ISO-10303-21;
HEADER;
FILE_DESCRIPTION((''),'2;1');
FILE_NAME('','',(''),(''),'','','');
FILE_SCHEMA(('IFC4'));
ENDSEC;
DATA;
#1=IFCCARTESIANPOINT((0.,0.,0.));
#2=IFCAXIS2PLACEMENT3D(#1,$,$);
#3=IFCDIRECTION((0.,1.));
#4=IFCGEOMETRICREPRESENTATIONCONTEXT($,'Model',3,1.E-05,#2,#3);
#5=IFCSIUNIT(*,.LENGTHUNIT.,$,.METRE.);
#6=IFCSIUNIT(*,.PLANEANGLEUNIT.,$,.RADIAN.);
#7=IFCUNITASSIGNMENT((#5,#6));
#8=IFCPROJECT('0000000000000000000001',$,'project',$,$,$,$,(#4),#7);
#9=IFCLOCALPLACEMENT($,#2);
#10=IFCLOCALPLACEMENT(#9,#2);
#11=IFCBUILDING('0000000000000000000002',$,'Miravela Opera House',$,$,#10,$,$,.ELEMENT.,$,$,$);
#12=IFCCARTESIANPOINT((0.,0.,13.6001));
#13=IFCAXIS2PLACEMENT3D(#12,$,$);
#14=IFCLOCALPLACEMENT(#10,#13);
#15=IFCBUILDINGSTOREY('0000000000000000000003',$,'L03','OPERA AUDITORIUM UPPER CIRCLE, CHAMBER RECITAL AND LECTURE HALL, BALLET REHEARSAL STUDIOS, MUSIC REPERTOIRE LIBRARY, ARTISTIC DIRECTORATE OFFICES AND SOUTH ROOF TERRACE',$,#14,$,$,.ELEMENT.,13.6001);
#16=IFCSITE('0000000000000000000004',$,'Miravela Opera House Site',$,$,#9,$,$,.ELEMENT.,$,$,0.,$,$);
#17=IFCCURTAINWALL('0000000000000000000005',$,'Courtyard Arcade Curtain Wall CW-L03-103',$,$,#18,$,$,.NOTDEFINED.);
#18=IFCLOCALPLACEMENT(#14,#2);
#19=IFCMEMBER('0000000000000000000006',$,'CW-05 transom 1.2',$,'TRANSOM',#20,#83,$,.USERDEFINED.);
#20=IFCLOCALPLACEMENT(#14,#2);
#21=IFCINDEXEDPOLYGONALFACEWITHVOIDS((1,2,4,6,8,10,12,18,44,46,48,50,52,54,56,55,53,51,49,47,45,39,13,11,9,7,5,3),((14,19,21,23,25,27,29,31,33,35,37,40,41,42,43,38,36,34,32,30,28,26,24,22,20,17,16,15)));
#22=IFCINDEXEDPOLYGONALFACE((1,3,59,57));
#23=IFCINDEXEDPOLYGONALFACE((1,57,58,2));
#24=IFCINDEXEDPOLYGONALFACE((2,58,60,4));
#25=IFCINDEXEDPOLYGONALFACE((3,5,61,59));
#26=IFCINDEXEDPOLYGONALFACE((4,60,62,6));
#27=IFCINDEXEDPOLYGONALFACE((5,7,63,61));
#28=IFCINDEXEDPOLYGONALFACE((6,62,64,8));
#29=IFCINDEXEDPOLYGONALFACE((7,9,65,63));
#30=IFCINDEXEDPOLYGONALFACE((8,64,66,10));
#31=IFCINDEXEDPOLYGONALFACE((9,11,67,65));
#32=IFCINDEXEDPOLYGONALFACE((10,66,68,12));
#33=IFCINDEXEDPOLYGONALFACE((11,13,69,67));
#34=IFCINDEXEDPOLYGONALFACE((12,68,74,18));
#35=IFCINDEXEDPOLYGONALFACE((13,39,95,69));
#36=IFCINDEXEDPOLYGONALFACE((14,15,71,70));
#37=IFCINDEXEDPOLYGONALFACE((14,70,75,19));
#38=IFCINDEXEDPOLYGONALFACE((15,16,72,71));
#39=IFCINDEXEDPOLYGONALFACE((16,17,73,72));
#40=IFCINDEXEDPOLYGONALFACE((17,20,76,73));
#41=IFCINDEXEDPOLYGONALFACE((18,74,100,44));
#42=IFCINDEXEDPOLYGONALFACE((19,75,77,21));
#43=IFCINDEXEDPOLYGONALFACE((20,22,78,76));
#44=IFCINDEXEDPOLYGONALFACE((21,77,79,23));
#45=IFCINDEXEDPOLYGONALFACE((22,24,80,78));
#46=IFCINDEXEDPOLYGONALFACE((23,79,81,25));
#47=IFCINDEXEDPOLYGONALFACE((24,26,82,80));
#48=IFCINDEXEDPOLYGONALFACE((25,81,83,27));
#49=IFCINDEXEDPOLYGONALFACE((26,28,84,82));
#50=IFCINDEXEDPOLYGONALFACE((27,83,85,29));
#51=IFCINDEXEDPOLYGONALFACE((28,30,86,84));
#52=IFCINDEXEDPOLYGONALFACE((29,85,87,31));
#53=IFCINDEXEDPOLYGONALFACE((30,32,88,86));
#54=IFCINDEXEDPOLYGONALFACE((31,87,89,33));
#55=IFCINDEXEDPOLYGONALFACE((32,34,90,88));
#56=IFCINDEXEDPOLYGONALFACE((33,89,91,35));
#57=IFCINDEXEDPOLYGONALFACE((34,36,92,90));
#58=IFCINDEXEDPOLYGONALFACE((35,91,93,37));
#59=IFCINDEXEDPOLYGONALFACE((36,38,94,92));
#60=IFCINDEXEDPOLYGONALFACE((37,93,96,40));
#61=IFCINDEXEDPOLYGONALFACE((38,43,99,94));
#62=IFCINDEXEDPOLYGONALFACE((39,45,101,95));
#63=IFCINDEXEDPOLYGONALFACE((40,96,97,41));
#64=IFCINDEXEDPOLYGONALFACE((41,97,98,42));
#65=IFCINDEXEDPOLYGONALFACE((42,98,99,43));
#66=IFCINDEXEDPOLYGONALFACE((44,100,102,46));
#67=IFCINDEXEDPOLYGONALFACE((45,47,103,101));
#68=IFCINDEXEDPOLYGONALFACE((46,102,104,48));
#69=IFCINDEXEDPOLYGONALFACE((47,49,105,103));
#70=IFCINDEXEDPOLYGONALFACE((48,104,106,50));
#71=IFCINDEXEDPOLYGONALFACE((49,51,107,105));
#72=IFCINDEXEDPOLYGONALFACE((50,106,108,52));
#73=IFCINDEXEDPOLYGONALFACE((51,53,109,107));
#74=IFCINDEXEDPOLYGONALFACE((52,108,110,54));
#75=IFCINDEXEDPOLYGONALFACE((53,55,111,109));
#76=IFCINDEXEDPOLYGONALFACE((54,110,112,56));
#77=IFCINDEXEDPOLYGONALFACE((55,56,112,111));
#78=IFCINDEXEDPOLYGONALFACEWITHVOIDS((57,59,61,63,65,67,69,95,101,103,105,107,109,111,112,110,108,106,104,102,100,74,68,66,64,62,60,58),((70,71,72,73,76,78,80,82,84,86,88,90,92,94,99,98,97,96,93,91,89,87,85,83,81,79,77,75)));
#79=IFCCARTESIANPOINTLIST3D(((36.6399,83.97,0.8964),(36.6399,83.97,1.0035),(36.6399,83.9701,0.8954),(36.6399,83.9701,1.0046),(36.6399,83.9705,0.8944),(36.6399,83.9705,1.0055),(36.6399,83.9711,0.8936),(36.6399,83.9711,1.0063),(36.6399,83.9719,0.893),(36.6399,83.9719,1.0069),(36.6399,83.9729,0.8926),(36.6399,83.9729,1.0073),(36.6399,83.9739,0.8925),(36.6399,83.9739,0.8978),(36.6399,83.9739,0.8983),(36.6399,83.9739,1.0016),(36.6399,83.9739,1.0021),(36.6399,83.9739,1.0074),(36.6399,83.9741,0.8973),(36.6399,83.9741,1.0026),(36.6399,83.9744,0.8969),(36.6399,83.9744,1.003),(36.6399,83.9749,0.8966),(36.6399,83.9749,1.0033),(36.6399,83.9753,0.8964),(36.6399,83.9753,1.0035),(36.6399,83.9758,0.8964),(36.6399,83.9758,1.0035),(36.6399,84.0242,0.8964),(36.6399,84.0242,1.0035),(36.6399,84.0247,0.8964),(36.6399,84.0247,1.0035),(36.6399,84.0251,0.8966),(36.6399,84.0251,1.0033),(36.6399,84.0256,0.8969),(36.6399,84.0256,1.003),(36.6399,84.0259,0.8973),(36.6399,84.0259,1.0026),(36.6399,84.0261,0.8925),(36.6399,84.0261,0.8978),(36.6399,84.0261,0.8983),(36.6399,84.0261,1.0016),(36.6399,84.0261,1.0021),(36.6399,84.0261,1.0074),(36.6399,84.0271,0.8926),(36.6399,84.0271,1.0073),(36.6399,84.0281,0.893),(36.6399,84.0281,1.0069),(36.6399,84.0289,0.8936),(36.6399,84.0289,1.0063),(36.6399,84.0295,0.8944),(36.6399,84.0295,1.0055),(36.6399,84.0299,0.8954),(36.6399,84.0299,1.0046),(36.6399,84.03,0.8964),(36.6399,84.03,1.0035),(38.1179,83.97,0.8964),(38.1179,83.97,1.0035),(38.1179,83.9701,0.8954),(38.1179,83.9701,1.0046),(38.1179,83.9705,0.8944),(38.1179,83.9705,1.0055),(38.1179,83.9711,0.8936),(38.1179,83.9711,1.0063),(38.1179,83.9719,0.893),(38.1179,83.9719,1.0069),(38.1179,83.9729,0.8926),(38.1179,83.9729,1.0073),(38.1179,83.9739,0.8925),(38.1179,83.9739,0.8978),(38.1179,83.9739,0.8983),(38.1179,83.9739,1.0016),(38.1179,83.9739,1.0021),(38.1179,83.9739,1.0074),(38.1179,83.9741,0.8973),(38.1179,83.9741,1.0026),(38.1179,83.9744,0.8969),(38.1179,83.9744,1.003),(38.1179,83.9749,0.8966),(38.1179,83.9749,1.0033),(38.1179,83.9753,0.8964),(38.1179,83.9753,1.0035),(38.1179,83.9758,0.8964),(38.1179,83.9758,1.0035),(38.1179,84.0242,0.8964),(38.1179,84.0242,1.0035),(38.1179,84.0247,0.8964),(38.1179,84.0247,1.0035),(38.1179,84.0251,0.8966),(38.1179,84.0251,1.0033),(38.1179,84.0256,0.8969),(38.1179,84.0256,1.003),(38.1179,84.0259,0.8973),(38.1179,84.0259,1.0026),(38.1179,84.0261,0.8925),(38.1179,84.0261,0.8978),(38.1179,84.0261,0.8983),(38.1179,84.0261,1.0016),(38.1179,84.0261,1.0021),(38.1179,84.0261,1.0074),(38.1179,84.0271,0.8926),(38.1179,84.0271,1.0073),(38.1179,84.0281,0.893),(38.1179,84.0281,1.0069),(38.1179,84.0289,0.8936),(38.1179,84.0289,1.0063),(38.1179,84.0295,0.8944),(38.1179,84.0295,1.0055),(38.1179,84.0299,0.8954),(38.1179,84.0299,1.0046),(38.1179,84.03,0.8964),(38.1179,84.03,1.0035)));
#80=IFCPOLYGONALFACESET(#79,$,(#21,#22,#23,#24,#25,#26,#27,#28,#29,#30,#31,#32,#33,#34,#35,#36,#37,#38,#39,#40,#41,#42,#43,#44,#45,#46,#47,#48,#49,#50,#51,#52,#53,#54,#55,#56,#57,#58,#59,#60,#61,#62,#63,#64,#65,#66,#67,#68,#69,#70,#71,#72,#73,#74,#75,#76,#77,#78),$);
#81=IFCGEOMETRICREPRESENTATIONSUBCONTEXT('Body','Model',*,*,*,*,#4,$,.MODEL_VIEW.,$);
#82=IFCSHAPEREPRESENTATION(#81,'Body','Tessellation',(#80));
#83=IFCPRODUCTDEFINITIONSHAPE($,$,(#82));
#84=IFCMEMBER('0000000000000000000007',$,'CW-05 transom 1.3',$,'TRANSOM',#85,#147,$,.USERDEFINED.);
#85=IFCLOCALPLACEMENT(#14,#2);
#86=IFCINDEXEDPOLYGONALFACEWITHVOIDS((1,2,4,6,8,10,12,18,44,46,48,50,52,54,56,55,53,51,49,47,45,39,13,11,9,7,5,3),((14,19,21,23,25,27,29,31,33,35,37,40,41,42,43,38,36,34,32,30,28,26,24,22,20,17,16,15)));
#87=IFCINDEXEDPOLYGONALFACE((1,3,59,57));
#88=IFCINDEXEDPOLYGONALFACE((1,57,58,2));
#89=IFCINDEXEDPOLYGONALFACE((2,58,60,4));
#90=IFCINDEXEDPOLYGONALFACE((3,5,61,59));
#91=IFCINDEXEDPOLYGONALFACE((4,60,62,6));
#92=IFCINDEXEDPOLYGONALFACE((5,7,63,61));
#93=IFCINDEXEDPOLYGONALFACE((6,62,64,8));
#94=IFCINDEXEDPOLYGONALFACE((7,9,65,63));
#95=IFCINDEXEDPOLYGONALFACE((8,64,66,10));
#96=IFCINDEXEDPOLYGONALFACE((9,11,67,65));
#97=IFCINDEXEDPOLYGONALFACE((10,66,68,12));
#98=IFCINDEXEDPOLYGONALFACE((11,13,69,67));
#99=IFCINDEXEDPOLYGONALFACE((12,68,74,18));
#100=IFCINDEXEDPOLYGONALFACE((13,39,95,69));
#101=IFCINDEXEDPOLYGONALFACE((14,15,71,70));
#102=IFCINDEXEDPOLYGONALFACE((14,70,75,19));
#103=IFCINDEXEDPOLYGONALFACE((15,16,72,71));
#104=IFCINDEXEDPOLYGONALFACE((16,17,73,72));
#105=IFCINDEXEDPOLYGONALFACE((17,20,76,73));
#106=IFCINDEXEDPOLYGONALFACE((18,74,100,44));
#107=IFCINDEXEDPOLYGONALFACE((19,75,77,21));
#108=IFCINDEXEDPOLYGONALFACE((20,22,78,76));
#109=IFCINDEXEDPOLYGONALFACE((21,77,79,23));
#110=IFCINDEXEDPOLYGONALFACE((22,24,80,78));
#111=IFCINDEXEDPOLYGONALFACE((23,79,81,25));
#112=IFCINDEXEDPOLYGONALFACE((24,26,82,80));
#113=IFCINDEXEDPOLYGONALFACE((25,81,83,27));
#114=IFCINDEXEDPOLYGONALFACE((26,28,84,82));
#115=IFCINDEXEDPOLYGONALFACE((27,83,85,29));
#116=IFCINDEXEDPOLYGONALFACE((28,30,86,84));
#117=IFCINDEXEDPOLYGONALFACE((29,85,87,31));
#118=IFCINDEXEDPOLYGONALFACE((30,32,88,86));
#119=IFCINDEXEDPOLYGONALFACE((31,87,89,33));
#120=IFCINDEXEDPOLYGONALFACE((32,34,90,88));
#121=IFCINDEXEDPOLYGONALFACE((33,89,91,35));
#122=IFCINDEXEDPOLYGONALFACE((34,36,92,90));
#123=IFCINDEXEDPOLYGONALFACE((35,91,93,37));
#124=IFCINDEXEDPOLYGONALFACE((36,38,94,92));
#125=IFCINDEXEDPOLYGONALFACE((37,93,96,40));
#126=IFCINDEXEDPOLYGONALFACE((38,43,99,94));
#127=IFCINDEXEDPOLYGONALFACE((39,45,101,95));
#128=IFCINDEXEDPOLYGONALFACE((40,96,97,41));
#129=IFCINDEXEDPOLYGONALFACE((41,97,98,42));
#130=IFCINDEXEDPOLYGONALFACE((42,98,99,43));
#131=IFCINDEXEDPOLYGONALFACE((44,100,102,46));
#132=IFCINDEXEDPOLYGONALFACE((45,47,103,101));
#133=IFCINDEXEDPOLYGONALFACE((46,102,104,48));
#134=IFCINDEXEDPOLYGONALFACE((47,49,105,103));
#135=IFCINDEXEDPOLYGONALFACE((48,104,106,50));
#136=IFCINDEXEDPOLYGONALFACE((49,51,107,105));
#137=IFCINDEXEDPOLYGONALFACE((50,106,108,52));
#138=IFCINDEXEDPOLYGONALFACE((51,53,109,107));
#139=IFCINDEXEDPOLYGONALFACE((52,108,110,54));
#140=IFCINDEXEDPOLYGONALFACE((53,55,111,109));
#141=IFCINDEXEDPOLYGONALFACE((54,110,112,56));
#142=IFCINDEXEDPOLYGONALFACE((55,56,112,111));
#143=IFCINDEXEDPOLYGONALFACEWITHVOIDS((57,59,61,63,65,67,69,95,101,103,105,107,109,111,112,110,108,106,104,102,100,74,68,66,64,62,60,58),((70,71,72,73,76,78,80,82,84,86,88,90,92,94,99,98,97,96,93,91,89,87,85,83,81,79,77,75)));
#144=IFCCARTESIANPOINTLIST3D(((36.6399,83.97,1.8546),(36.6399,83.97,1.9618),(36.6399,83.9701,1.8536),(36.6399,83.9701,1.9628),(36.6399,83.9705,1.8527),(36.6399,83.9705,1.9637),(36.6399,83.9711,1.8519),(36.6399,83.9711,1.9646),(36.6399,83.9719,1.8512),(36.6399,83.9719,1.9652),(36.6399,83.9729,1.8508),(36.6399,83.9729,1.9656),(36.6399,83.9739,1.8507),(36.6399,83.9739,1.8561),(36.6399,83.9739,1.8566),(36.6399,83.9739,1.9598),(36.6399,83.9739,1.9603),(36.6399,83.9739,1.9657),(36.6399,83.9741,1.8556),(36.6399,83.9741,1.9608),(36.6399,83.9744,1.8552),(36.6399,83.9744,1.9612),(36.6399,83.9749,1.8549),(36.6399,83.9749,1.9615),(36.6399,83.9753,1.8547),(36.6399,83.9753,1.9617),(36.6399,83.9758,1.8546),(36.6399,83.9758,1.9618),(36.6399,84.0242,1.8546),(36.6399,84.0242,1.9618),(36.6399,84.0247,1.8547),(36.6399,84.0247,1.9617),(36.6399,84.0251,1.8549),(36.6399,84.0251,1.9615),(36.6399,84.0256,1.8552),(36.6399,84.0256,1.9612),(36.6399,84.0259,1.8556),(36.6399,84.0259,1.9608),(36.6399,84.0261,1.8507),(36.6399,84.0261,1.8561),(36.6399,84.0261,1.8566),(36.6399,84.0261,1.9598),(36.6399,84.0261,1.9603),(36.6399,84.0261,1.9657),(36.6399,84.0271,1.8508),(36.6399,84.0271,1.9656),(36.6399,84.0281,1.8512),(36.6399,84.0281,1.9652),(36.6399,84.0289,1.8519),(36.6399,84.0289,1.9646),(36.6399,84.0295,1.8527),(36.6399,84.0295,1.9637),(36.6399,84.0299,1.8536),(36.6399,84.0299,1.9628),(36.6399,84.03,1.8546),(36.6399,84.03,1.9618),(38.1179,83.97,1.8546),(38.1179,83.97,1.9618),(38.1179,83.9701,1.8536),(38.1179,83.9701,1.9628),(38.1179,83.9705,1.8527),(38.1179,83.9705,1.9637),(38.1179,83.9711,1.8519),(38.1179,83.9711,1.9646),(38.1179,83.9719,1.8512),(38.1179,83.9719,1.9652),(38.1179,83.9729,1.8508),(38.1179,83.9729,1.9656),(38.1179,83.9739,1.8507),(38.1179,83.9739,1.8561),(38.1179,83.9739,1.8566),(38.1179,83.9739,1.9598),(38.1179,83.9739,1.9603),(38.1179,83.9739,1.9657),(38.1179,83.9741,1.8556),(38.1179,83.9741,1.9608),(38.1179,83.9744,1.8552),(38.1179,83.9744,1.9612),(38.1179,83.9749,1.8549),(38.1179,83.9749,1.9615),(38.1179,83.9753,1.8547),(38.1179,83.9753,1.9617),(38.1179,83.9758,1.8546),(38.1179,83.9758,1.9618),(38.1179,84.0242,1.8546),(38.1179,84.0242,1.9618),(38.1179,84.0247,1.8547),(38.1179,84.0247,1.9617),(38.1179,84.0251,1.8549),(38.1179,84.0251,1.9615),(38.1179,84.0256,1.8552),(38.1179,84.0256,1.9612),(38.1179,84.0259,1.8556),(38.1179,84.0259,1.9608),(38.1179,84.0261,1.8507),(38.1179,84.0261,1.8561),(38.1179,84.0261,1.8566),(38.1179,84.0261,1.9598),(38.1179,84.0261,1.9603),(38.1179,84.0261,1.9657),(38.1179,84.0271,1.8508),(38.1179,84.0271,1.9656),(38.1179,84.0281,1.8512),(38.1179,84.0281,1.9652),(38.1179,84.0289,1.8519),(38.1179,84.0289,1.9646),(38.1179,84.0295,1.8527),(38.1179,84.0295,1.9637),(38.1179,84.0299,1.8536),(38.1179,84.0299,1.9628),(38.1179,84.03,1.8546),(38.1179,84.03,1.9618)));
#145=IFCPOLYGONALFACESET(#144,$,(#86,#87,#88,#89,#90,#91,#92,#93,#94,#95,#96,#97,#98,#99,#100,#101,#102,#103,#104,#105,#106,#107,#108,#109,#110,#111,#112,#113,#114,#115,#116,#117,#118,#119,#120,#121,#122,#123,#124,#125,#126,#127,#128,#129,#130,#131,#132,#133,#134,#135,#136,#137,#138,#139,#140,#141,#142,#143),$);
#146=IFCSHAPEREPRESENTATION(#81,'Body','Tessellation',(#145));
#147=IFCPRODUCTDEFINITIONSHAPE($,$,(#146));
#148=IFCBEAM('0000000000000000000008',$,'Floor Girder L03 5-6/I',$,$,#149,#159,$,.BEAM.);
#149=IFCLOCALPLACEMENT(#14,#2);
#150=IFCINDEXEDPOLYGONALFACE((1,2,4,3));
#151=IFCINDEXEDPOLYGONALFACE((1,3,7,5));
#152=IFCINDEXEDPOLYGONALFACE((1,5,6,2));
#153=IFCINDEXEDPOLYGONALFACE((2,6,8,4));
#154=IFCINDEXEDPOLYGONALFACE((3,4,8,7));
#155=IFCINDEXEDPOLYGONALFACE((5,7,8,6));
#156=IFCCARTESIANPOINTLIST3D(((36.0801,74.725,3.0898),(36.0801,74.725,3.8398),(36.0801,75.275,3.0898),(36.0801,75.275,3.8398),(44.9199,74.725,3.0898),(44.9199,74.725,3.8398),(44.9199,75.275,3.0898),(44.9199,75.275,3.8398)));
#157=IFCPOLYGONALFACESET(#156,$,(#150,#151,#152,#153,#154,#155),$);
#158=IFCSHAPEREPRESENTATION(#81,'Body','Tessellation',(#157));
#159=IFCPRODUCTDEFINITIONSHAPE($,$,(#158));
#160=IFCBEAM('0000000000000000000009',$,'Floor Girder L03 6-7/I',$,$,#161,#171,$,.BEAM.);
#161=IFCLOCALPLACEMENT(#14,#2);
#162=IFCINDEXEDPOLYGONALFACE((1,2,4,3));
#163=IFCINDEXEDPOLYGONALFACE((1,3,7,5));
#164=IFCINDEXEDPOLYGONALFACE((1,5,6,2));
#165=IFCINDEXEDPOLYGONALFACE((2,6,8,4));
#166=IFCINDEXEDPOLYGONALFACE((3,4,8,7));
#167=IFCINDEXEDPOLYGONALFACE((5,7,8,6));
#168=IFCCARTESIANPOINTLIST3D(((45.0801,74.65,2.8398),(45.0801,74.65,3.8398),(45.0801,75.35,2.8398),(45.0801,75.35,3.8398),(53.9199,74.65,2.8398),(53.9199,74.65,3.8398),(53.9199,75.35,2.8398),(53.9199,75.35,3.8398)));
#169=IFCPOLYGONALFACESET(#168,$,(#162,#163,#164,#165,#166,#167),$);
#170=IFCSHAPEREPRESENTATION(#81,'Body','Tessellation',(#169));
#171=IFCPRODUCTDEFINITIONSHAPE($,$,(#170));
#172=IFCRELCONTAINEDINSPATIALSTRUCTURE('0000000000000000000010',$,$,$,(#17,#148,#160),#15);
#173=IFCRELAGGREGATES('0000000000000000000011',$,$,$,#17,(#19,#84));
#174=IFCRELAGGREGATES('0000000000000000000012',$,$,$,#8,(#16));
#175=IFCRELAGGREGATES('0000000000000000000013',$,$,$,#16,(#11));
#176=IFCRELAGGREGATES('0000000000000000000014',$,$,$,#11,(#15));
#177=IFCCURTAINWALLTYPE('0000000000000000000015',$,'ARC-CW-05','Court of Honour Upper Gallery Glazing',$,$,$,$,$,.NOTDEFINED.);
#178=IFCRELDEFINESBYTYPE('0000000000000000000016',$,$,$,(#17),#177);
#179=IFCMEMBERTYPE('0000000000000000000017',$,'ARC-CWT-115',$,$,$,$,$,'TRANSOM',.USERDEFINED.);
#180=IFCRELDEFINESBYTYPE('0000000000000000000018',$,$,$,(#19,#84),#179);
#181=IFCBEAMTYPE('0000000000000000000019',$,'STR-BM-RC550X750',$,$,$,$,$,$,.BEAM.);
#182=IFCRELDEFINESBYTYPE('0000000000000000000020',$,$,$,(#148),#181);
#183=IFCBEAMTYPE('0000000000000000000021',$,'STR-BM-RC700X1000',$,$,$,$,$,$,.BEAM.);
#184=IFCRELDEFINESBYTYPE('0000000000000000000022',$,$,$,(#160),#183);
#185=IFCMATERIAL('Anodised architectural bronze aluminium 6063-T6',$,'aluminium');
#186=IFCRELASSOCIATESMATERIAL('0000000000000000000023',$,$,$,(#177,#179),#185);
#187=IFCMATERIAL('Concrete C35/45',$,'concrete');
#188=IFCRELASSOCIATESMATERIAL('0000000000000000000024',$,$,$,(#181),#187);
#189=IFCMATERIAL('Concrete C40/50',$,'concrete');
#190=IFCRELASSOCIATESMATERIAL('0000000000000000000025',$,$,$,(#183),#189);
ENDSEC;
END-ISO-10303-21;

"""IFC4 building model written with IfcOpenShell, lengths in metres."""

from ifc_helpers import new_model, si_unit, direction, frame, origin, origin_2d, place, context, subcontext, project, spatial, rectangle, hollow_rectangle, extrude, material, material_profile, profile_set, type_object, element, aggregate, save


model = new_model("IFC4")

# Units and contexts
model_context = context("Model", 3, precision=1e-05, world=origin(), true_north=direction((0.0, 1.0)))
body_context = subcontext(model_context, "Body", "Model", "MODEL_VIEW")
ifc_project = project(units=[si_unit("LENGTHUNIT", "METRE"), si_unit("PLANEANGLEUNIT", "RADIAN")], contexts=[model_context])

# Site, building, storey
site_placement = place(None, origin())
site = spatial("IfcSite", under=ifc_project, at=site_placement, Name="Miravela Opera House Site", CompositionType="ELEMENT", RefElevation=0.0)
building_placement = place(site_placement, origin())
building = spatial("IfcBuilding", under=site, at=building_placement, Name="Miravela Opera House", CompositionType="ELEMENT")
storey_placement = place(building_placement, frame((0.0, 0.0, 13.6001)))
storey = spatial("IfcBuildingStorey", under=building, at=storey_placement, Name="L03", Description="OPERA AUDITORIUM UPPER CIRCLE, CHAMBER RECITAL AND LECTURE HALL, BALLET REHEARSAL STUDIOS, MUSIC REPERTOIRE LIBRARY, ARTISTIC DIRECTORATE OFFICES AND SOUTH ROOF TERRACE", CompositionType="ELEMENT", Elevation=13.6001)

# Shared definitions
ifc_material_1 = material(Name="Concrete C35/45", Category="concrete")

# Shared definitions
ifc_material_2 = material(Name="Anodised architectural bronze aluminium 6063-T6", Category="aluminium")
curtain_wall_type = type_object("IfcCurtainWallType", Name="ARC-CW-05", Description="Court of Honour Upper Gallery Glazing", PredefinedType="NOTDEFINED", material=ifc_material_2)

# Curtain wall
curtain_wall_1_placement = place(storey_placement, origin())
curtain_wall_1 = element("IfcCurtainWall", 1, at=curtain_wall_1_placement, inside=storey, type_object=curtain_wall_type, Name="Courtyard Arcade Curtain Wall CW-L03-103", PredefinedType="NOTDEFINED")

# Members
ifc_material_profile_1 = material_profile(ifc_material_2, hollow_rectangle(XDim=0.0601, YDim=0.115, WallThickness=0.0039, InnerFilletRadius=0.002, OuterFilletRadius=0.0039, at=origin_2d()), Name="CWT-60X115")
ifc_profile_set_1 = profile_set([ifc_material_profile_1])
member_type_1 = type_object("IfcMemberType", Name="ARC-CWT-115", ElementType="TRANSOM", PredefinedType="USERDEFINED", material=ifc_profile_set_1)
member_1_placement = place(storey_placement, frame((36.6399, 84.0, 0.95), z_axis=(1.0, 0.0, 0.0), x_axis=(0.0, 1.0, 0.0)))
member_1 = element("IfcMember", 2, at=member_1_placement, type_object=member_type_1, Name="CW-05 transom 1.2", ObjectType="TRANSOM", PredefinedType="USERDEFINED", context=body_context, shape_type="SweptSolid", body=[
    extrude(hollow_rectangle(XDim=0.0601, YDim=0.115, WallThickness=0.0039, InnerFilletRadius=0.002, OuterFilletRadius=0.0039, at=origin_2d()), origin(), (0.0, 0.0, 1.0), 1.478),
])
member_2_placement = place(storey_placement, frame((36.6399, 84.0, 1.9082), z_axis=(1.0, 0.0, 0.0), x_axis=(0.0, 1.0, 0.0)))
member_2 = element("IfcMember", 3, at=member_2_placement, type_object=member_type_1, Name="CW-05 transom 1.3", ObjectType="TRANSOM", PredefinedType="USERDEFINED", context=body_context, shape_type="SweptSolid", body=[
    extrude(hollow_rectangle(XDim=0.0601, YDim=0.115, WallThickness=0.0039, InnerFilletRadius=0.002, OuterFilletRadius=0.0039, at=origin_2d()), origin(), (0.0, 0.0, 1.0), 1.478),
])
aggregate(curtain_wall_1, [member_1, member_2])

# Beams
ifc_material_profile_2 = material_profile(ifc_material_1, rectangle(XDim=0.55, YDim=0.75, at=origin_2d()), Name="RC-BM-550X750")
ifc_profile_set_2 = profile_set([ifc_material_profile_2])
beam_type_1 = type_object("IfcBeamType", Name="STR-BM-RC550X750", PredefinedType="BEAM", material=ifc_profile_set_2)
beam_1_placement = place(storey_placement, frame((36.0801, 75.0, 3.4648), z_axis=(1.0, 0.0, 0.0), x_axis=(0.0, 1.0, 0.0)))
element("IfcBeam", 4, at=beam_1_placement, inside=storey, type_object=beam_type_1, Name="Floor Girder L03 5-6/I", PredefinedType="BEAM", context=body_context, shape_type="SweptSolid", body=[
    extrude(rectangle(XDim=0.55, YDim=0.75, at=origin_2d()), origin(), (0.0, 0.0, 1.0), 8.8398),
])
ifc_material_3 = material(Name="Concrete C40/50", Category="concrete")
ifc_material_profile_3 = material_profile(ifc_material_3, rectangle(XDim=0.7, YDim=1.0, at=origin_2d()), Name="RC-BM-700X1000")
ifc_profile_set_3 = profile_set([ifc_material_profile_3])
beam_type_2 = type_object("IfcBeamType", Name="STR-BM-RC700X1000", PredefinedType="BEAM", material=ifc_profile_set_3)
beam_2_placement = place(storey_placement, frame((45.0801, 75.0, 3.3398), z_axis=(1.0, 0.0, 0.0), x_axis=(0.0, 1.0, 0.0)))
element("IfcBeam", 5, at=beam_2_placement, inside=storey, type_object=beam_type_2, Name="Floor Girder L03 6-7/I", PredefinedType="BEAM", context=body_context, shape_type="SweptSolid", body=[
    extrude(rectangle(XDim=0.7, YDim=1.0, at=origin_2d()), origin(), (0.0, 0.0, 1.0), 8.8398),
])

save(model, "model.ifc")
